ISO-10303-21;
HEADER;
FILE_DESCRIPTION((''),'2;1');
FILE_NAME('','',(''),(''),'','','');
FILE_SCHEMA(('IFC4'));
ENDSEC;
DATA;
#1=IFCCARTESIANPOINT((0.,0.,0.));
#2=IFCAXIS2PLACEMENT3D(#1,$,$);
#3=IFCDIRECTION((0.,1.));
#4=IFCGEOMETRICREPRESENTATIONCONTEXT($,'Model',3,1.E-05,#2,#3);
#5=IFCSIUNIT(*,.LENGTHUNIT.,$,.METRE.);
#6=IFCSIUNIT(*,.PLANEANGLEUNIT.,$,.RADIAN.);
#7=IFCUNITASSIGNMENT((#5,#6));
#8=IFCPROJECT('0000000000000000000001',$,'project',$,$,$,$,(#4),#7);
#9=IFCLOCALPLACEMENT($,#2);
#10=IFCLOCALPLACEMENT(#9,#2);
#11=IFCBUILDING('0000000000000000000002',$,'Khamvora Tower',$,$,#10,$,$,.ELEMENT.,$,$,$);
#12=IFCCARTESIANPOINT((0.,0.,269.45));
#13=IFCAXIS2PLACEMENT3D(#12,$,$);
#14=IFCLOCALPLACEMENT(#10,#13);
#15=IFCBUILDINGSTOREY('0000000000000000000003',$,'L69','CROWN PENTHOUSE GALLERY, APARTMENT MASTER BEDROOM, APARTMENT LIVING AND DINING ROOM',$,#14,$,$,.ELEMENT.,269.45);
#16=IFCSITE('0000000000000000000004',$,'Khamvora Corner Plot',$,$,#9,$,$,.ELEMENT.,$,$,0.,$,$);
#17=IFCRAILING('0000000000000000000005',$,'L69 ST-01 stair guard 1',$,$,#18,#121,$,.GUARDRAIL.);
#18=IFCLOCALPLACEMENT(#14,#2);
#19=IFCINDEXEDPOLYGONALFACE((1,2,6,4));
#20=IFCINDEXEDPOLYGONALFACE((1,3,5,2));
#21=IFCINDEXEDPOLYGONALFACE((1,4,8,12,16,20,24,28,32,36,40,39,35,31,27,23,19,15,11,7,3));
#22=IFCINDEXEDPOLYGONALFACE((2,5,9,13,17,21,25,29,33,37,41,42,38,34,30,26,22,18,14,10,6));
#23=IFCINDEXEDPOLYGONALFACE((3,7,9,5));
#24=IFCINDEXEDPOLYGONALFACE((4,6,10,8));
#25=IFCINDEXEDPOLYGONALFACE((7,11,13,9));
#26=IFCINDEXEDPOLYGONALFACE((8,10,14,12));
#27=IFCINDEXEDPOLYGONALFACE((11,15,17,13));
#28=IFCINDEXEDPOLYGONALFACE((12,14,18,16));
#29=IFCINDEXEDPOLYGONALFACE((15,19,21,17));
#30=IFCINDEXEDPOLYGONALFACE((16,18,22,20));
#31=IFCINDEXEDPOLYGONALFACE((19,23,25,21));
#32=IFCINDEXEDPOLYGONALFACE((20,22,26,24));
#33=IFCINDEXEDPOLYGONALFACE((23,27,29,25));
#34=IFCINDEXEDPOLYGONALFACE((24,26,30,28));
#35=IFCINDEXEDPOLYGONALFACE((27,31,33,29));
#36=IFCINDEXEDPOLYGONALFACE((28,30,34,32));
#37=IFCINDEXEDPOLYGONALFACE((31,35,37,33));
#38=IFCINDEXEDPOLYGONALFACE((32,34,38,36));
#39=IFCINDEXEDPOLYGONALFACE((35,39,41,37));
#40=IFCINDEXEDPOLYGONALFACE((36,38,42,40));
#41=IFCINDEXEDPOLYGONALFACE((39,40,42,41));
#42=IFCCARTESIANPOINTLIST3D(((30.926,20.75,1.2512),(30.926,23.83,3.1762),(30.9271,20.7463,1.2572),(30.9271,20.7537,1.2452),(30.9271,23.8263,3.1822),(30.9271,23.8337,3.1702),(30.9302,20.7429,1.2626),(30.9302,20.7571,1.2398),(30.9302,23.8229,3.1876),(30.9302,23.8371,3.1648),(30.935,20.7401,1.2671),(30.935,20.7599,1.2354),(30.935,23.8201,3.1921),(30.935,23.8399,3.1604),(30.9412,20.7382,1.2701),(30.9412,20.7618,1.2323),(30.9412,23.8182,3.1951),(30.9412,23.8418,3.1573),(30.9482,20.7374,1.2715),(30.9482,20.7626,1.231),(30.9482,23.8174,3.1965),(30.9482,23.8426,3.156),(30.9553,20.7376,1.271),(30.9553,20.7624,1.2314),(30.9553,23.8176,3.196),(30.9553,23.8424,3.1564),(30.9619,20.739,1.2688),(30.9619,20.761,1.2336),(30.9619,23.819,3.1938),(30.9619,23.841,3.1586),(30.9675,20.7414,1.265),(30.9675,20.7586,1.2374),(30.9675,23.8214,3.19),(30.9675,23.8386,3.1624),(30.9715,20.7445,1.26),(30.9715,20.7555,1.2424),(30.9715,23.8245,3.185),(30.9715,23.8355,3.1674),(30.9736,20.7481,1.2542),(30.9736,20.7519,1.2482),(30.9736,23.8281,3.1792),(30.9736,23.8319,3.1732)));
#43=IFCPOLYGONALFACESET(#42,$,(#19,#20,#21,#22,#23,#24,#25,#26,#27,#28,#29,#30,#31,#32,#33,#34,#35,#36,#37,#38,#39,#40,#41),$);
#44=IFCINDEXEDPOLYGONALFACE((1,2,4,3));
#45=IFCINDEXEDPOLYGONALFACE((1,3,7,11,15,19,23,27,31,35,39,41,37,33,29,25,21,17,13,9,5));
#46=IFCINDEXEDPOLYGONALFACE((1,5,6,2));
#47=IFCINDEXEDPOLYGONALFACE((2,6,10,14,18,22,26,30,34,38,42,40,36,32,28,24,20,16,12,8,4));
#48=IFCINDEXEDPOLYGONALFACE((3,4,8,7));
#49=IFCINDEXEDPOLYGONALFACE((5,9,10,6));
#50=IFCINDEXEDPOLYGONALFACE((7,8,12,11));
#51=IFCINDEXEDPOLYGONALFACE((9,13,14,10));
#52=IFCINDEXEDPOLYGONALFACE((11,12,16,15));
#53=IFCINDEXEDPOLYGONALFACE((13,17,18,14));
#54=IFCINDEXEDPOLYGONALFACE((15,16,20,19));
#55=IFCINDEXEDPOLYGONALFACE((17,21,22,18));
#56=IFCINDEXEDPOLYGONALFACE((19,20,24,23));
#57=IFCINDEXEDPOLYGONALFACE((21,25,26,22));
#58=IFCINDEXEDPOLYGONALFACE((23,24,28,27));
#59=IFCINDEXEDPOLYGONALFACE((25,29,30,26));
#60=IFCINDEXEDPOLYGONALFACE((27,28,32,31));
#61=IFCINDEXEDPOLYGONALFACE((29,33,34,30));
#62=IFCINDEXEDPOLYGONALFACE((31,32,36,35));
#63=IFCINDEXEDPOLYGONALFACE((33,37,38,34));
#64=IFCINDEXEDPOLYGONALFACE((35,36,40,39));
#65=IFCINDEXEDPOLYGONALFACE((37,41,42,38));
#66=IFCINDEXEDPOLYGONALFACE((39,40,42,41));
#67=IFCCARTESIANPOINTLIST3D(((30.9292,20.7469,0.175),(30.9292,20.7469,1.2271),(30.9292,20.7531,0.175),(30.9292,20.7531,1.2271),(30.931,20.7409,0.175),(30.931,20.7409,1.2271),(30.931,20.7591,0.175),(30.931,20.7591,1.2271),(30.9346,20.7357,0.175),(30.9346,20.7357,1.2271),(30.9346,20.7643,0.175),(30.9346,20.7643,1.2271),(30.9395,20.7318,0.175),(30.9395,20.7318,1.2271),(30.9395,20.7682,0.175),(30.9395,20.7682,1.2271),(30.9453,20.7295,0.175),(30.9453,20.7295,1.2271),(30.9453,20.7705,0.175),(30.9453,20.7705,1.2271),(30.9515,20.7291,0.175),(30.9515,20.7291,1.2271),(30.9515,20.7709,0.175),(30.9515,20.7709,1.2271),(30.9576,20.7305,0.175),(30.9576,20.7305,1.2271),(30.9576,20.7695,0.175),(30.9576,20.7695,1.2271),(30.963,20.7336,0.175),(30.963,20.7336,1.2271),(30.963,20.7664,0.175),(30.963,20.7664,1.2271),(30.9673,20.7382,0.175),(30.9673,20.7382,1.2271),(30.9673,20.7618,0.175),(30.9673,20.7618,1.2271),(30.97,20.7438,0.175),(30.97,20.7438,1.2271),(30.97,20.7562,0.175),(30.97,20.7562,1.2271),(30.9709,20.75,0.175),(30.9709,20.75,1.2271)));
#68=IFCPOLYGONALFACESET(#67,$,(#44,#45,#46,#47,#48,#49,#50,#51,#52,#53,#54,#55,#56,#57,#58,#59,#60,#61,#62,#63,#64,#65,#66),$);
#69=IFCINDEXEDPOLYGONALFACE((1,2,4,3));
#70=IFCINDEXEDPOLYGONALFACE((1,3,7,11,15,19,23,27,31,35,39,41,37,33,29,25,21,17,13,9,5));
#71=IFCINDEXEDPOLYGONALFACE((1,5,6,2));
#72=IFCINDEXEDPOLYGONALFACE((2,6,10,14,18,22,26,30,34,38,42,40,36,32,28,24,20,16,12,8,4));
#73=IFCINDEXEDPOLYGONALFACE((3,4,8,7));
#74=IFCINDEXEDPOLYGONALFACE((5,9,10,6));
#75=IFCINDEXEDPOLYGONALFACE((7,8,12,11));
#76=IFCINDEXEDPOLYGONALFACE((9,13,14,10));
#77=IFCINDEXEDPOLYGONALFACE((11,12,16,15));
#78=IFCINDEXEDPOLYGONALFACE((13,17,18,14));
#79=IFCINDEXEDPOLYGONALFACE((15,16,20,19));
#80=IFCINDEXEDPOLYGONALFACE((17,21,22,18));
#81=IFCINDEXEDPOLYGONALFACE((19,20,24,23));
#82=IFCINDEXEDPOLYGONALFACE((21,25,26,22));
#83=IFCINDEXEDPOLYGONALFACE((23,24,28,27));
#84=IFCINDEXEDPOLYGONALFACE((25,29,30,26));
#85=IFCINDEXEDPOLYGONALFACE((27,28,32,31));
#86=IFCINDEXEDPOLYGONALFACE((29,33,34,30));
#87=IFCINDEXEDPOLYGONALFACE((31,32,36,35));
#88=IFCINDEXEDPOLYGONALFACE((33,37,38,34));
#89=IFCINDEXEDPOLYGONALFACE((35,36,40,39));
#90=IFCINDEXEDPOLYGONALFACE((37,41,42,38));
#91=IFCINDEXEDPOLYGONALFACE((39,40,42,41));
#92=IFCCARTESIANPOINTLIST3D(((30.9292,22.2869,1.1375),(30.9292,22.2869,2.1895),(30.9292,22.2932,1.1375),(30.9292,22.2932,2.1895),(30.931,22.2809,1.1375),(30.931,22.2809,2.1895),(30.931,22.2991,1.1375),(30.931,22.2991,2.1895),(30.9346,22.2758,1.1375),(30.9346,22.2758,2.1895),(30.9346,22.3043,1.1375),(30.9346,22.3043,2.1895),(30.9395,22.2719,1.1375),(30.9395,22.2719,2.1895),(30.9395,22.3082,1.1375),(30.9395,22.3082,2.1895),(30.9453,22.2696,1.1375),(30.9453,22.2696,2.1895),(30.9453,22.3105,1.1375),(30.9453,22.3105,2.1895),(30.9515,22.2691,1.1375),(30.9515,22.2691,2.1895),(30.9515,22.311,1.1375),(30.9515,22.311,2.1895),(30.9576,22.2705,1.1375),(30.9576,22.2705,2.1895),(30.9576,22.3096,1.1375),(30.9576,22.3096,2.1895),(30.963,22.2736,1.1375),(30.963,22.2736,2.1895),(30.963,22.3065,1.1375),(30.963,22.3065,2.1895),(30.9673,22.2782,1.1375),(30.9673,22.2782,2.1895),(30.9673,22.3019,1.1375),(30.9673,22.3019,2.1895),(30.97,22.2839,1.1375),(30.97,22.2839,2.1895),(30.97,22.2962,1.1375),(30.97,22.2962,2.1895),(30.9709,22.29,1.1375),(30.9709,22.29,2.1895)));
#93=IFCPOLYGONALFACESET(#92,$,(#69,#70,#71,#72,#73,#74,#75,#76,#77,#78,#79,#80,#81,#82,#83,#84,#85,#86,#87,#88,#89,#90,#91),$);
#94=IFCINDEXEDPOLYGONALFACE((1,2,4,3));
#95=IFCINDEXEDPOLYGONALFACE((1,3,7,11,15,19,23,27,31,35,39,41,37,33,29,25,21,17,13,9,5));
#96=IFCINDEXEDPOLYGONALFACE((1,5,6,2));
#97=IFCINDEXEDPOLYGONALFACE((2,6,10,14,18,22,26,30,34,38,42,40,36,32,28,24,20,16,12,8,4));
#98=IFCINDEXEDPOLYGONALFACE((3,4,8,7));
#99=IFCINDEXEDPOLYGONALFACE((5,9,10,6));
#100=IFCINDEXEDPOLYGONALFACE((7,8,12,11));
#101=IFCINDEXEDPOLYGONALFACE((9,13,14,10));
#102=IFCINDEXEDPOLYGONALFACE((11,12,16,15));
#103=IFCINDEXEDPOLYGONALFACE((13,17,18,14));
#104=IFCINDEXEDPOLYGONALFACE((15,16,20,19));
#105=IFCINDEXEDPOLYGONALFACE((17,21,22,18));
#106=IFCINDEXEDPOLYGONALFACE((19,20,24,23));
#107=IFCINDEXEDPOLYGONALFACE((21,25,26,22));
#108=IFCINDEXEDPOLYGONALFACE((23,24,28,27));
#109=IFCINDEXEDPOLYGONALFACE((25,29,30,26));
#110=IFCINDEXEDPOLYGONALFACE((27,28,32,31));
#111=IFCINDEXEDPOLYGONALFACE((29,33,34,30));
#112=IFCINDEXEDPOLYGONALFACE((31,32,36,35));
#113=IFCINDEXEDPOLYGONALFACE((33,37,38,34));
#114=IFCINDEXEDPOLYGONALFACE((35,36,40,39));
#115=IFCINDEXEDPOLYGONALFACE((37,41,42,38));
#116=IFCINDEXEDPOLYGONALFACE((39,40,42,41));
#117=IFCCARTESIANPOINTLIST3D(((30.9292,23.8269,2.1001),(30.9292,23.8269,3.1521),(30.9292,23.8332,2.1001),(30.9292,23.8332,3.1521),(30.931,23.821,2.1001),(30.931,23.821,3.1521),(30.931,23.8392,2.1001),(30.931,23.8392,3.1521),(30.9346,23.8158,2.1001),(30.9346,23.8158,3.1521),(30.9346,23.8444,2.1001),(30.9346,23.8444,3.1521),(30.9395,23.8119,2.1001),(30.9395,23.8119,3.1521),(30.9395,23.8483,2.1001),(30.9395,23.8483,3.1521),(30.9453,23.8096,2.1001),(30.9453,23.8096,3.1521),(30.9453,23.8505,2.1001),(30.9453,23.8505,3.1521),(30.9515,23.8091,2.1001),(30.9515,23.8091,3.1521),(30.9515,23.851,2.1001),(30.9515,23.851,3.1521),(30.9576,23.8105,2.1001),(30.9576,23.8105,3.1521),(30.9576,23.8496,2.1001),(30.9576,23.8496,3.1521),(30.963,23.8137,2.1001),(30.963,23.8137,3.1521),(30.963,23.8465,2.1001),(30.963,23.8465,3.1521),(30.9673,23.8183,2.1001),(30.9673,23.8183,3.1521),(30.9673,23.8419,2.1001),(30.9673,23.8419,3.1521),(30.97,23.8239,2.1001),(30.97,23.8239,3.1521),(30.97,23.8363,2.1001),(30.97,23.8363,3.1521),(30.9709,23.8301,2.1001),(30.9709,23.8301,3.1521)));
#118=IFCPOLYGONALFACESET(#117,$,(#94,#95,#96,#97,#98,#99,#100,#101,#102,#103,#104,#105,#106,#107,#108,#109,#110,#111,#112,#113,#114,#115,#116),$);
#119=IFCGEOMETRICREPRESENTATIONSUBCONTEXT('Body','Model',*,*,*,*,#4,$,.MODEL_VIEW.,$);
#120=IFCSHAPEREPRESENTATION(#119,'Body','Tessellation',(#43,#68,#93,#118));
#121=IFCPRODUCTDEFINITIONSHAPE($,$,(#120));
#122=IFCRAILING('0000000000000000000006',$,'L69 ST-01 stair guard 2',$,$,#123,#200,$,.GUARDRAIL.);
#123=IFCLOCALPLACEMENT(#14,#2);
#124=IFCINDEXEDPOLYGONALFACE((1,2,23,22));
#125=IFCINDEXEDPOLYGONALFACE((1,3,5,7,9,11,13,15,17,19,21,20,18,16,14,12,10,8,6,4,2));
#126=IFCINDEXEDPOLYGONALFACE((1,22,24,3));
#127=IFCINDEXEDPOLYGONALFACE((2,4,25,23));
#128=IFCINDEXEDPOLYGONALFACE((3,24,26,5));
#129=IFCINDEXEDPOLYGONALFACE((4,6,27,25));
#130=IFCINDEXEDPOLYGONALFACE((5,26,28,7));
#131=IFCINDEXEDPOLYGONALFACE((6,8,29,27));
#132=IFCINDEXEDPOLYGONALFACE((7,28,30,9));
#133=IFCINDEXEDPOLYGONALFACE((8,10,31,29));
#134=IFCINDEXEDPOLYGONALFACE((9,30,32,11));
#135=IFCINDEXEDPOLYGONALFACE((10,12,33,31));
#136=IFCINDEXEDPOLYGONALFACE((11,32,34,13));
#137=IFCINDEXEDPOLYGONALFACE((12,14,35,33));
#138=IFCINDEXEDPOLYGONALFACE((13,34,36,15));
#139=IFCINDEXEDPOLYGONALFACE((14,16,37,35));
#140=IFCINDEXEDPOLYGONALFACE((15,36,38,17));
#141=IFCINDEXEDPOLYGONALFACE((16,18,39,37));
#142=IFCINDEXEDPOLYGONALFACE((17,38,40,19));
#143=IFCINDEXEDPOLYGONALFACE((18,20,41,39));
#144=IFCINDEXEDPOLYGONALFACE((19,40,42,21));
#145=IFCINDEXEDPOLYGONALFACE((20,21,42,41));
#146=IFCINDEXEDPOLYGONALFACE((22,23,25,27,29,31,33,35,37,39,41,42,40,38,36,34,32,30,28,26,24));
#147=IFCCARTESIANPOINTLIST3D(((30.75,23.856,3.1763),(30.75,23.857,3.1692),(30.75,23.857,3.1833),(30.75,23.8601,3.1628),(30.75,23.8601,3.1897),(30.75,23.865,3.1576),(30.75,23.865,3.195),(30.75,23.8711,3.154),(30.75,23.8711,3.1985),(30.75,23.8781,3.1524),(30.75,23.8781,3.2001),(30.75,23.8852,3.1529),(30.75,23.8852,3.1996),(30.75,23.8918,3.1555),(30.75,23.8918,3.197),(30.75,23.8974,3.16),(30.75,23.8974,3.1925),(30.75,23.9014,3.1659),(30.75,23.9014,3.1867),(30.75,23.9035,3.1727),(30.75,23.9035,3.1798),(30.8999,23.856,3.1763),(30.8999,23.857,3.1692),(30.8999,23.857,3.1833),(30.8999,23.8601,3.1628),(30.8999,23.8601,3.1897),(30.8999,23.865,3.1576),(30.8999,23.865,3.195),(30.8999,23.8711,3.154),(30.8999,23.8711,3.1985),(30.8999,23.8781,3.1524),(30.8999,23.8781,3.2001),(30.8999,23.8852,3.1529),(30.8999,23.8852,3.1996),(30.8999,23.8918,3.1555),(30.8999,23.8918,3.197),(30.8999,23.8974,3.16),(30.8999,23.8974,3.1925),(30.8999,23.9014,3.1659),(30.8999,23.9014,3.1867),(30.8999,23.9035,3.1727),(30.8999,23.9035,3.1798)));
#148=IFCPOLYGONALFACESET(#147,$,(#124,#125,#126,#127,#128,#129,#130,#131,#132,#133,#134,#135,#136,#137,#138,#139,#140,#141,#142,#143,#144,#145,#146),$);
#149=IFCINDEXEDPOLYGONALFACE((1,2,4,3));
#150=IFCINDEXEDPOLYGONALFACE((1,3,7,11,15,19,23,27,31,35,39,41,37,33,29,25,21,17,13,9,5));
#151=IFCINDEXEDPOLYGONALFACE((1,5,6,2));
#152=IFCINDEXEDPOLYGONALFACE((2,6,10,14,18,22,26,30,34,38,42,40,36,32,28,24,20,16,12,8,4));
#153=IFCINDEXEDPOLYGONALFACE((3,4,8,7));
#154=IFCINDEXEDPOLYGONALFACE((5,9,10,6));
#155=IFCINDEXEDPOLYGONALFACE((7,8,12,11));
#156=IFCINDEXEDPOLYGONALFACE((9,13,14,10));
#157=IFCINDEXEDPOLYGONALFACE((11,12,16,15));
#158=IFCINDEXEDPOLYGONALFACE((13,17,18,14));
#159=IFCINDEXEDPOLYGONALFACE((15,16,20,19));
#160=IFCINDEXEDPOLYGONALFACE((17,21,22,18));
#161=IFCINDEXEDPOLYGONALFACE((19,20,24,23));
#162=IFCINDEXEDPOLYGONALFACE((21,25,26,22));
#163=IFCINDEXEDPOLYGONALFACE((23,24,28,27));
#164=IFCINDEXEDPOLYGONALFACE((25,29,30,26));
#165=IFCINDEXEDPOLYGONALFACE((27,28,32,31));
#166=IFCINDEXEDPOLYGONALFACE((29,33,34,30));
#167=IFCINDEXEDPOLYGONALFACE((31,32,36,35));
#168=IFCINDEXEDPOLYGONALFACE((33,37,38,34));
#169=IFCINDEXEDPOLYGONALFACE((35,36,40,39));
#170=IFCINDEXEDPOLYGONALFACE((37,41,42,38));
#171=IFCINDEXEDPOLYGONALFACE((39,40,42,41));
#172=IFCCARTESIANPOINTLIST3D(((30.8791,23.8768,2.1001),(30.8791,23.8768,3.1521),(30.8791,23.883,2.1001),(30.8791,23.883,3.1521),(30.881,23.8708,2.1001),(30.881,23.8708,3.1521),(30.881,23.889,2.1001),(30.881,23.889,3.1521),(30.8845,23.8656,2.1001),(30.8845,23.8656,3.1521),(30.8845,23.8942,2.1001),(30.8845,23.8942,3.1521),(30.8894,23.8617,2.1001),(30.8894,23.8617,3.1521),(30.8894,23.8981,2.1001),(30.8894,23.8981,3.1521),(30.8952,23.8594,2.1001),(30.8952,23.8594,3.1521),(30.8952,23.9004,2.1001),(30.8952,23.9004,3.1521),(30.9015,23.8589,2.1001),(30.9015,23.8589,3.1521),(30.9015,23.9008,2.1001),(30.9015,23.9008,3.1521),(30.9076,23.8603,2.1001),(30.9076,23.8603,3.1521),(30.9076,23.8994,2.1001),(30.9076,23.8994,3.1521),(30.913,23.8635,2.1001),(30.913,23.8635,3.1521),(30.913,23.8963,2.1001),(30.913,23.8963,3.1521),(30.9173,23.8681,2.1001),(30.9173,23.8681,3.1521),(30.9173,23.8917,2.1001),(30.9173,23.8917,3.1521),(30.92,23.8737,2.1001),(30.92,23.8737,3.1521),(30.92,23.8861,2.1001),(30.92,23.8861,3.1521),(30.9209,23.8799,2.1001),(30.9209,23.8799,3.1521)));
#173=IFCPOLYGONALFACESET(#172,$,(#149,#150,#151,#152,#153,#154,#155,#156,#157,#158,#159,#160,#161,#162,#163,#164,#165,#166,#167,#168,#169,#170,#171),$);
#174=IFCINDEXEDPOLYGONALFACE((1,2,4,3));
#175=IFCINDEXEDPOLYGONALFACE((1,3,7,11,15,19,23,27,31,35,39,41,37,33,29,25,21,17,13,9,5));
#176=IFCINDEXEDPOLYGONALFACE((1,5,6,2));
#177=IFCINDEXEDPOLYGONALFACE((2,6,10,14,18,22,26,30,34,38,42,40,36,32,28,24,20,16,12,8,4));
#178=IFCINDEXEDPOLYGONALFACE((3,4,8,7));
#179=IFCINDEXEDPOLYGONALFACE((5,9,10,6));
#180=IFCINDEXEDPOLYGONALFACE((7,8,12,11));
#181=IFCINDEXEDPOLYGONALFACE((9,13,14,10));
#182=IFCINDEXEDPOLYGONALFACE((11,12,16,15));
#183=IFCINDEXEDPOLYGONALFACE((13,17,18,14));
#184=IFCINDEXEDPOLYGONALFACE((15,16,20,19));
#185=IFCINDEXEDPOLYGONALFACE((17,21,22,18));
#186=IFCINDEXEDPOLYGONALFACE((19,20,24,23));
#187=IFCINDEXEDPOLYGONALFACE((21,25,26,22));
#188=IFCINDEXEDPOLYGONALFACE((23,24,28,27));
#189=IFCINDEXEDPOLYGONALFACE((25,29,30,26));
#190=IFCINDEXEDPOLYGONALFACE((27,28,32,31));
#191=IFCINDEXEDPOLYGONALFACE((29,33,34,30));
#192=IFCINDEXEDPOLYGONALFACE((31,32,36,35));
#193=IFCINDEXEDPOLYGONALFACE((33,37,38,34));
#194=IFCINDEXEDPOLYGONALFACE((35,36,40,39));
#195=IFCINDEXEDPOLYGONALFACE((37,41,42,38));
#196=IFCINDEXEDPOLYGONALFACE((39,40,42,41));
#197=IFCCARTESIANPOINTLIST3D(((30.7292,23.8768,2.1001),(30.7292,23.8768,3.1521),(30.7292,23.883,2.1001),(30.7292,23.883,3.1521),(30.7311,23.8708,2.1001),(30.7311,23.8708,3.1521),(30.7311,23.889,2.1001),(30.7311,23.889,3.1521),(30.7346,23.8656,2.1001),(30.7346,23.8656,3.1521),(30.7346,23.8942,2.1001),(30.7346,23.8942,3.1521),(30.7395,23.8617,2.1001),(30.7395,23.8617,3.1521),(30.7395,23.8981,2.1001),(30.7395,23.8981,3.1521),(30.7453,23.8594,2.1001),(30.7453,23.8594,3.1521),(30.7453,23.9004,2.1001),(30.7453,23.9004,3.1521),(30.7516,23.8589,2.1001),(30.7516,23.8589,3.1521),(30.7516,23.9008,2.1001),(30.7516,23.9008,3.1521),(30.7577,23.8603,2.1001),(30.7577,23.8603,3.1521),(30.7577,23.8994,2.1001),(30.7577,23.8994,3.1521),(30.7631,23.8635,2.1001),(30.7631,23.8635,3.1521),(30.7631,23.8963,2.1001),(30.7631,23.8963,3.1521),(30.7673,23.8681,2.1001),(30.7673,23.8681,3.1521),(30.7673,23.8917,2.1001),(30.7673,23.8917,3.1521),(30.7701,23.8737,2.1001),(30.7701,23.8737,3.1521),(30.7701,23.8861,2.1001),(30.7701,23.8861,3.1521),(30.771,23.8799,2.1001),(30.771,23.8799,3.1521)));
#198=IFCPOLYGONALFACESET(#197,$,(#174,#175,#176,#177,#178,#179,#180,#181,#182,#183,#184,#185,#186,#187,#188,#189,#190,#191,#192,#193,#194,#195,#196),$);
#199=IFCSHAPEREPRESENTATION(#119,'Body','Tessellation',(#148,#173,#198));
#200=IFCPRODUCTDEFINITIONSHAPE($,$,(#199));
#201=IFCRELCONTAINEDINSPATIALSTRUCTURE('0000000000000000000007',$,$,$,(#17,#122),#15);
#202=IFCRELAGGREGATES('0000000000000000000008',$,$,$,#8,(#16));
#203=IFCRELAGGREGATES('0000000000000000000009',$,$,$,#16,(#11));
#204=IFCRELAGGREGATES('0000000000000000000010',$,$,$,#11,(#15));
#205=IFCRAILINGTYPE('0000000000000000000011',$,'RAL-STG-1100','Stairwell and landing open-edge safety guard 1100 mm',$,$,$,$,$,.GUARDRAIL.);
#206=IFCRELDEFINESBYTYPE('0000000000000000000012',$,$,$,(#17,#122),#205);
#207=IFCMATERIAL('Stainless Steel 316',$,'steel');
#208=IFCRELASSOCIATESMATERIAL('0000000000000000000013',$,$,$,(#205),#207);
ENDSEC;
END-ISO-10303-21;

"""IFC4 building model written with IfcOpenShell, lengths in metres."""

from ifc_helpers import new_model, si_unit, direction, frame, origin, origin_2d, place, context, subcontext, project, spatial, circle, extrude, material, type_object, element, save


model = new_model("IFC4")

# Units and contexts
model_context = context("Model", 3, precision=1e-05, world=origin(), true_north=direction((0.0, 1.0)))
body_context = subcontext(model_context, "Body", "Model", "MODEL_VIEW")
ifc_project = project(units=[si_unit("LENGTHUNIT", "METRE"), si_unit("PLANEANGLEUNIT", "RADIAN")], contexts=[model_context])

# Site, building, storey
site_placement = place(None, origin())
site = spatial("IfcSite", under=ifc_project, at=site_placement, Name="Khamvora Corner Plot", CompositionType="ELEMENT", RefElevation=0.0)
building_placement = place(site_placement, origin())
building = spatial("IfcBuilding", under=site, at=building_placement, Name="Khamvora Tower", CompositionType="ELEMENT")
storey_placement = place(building_placement, frame((0.0, 0.0, 269.45)))
storey = spatial("IfcBuildingStorey", under=building, at=storey_placement, Name="L69", Description="CROWN PENTHOUSE GALLERY, APARTMENT MASTER BEDROOM, APARTMENT LIVING AND DINING ROOM", CompositionType="ELEMENT", Elevation=269.45)

# Railings
ifc_material_1 = material(Name="Stainless Steel 316", Category="steel")
railing_type_1 = type_object("IfcRailingType", Name="RAL-STG-1100", Description="Stairwell and landing open-edge safety guard 1100 mm", PredefinedType="GUARDRAIL", material=ifc_material_1)
railing_1_placement = place(storey_placement, frame((30.95, 20.75, 0.175)))
element("IfcRailing", 1, at=railing_1_placement, inside=storey, type_object=railing_type_1, Name="L69 ST-01 stair guard 1", PredefinedType="GUARDRAIL", context=body_context, shape_type="SweptSolid", body=[
    extrude(circle(Radius=0.0239, at=origin_2d()), frame((0.0, 0.0, 1.0762), z_axis=(0.0, 0.847998, 0.529999), x_axis=(-1.0, 0.0, 0.0)), (0.0, 0.0, 1.0), 3.6321),
    extrude(circle(Radius=0.021, at=origin_2d()), origin(), (0.0, 0.0, 1.0), 1.052),
    extrude(circle(Radius=0.021, at=origin_2d()), frame((0.0, 1.54, 0.9624)), (0.0, 0.0, 1.0), 1.052),
    extrude(circle(Radius=0.021, at=origin_2d()), frame((0.0, 3.0801, 1.925)), (0.0, 0.0, 1.0), 1.052),
])
railing_2_placement = place(storey_placement, frame((30.8999, 23.8799, 2.1001)))
element("IfcRailing", 2, at=railing_2_placement, inside=storey, type_object=railing_type_1, Name="L69 ST-01 stair guard 2", PredefinedType="GUARDRAIL", context=body_context, shape_type="SweptSolid", body=[
    extrude(circle(Radius=0.0239, at=origin_2d()), frame((0.0, 0.0, 1.0762), z_axis=(-1.0, 0.0, 0.0), x_axis=(0.0, -1.0, 0.0)), (0.0, 0.0, 1.0), 0.1499),
    extrude(circle(Radius=0.021, at=origin_2d()), origin(), (0.0, 0.0, 1.0), 1.052),
    extrude(circle(Radius=0.021, at=origin_2d()), frame((-0.1499, 0.0, 0.0)), (0.0, 0.0, 1.0), 1.052),
])

save(model, "model.ifc")
